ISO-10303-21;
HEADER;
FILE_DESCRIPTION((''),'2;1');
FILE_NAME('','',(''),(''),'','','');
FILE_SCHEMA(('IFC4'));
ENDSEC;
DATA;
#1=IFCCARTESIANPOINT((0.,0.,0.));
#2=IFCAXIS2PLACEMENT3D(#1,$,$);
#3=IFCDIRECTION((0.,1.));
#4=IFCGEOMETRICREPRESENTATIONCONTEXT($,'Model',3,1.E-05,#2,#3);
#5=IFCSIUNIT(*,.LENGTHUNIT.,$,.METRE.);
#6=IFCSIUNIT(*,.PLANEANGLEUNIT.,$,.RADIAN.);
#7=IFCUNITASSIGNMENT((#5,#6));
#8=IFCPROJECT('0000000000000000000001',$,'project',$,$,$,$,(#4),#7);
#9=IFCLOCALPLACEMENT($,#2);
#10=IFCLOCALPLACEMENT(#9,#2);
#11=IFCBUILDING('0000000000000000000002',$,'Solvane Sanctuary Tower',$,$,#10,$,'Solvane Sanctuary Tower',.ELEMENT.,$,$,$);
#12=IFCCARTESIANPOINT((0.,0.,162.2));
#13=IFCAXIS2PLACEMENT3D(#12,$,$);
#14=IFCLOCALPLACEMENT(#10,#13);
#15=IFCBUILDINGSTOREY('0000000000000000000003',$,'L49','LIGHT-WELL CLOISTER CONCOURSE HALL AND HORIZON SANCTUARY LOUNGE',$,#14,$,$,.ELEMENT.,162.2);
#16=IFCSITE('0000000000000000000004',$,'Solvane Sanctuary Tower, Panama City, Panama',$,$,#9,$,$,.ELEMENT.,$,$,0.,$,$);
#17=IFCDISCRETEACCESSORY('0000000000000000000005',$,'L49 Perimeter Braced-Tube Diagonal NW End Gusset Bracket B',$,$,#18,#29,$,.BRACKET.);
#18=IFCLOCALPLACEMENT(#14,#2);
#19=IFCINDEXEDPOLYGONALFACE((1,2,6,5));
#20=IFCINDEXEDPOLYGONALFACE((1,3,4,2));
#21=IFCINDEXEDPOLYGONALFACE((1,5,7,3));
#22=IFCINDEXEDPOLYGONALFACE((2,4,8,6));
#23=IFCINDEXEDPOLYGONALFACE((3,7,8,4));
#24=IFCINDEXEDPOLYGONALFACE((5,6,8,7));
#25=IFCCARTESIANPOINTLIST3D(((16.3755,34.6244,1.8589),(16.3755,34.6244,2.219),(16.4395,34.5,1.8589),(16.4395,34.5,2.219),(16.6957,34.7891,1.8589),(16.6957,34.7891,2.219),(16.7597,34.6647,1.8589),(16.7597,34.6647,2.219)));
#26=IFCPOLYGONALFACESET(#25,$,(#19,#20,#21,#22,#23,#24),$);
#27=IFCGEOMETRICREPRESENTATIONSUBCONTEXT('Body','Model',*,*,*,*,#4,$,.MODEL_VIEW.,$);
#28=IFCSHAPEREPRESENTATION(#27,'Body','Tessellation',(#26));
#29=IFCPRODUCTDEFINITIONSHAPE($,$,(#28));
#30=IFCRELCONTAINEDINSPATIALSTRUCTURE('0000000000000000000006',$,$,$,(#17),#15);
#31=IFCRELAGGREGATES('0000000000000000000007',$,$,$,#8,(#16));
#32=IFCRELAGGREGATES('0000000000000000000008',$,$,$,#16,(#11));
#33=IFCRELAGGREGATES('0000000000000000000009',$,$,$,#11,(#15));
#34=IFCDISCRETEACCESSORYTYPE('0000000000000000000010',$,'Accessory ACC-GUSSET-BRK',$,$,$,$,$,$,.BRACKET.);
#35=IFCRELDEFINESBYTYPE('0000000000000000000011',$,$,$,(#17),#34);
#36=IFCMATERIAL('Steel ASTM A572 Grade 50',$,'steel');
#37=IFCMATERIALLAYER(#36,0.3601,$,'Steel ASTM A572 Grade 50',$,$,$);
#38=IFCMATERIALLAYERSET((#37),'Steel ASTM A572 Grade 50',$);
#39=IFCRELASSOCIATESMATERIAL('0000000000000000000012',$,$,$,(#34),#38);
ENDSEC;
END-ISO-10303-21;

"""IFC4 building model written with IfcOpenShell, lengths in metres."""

from ifc_helpers import new_model, si_unit, direction, frame, origin, origin_2d, place, context, subcontext, project, spatial, rectangle, extrude, material, layer, layer_set, type_object, element, save


model = new_model("IFC4")

# Units and contexts
model_context = context("Model", 3, precision=1e-05, world=origin(), true_north=direction((0.0, 1.0)))
body_context = subcontext(model_context, "Body", "Model", "MODEL_VIEW")
ifc_project = project(units=[si_unit("LENGTHUNIT", "METRE"), si_unit("PLANEANGLEUNIT", "RADIAN")], contexts=[model_context])

# Site, building, storey
site_placement = place(None, origin())
site = spatial("IfcSite", under=ifc_project, at=site_placement, Name="Solvane Sanctuary Tower, Panama City, Panama", CompositionType="ELEMENT", RefElevation=0.0)
building_placement = place(site_placement, origin())
building = spatial("IfcBuilding", under=site, at=building_placement, Name="Solvane Sanctuary Tower", LongName="Solvane Sanctuary Tower", CompositionType="ELEMENT")
storey_placement = place(building_placement, frame((0.0, 0.0, 162.2)))
storey = spatial("IfcBuildingStorey", under=building, at=storey_placement, Name="L49", Description="LIGHT-WELL CLOISTER CONCOURSE HALL AND HORIZON SANCTUARY LOUNGE", CompositionType="ELEMENT", Elevation=162.2)

# Discrete accessory
ifc_material_1 = material(Name="Steel ASTM A572 Grade 50", Category="steel")
ifc_layer_1 = layer(ifc_material_1, 0.3601, Name="Steel ASTM A572 Grade 50")
ifc_layer_set_1 = layer_set([ifc_layer_1], Name="Steel ASTM A572 Grade 50")
discrete_accessory_type = type_object("IfcDiscreteAccessoryType", Name="Accessory ACC-GUSSET-BRK", PredefinedType="BRACKET", material=ifc_layer_set_1)
for number, where, z_axis, x_axis, name in (
    (1, (16.5676, 34.6445, 1.8589), (0.0, 0.0, 1.0), (-0.889257, -0.457408, 0.0), "L49 Perimeter Braced-Tube Diagonal NW End Gusset Bracket B"),
):
    element("IfcDiscreteAccessory", number, at=place(storey_placement, frame(where, z_axis=z_axis, x_axis=x_axis)), inside=storey, type_object=discrete_accessory_type, Name=name, PredefinedType="BRACKET", context=body_context, shape_type="SweptSolid", body=[
        extrude(rectangle(XDim=0.3601, YDim=0.1399, at=origin_2d()), origin(), (0.0, 0.0, 1.0), 0.3601),
    ])

save(model, "model.ifc")
